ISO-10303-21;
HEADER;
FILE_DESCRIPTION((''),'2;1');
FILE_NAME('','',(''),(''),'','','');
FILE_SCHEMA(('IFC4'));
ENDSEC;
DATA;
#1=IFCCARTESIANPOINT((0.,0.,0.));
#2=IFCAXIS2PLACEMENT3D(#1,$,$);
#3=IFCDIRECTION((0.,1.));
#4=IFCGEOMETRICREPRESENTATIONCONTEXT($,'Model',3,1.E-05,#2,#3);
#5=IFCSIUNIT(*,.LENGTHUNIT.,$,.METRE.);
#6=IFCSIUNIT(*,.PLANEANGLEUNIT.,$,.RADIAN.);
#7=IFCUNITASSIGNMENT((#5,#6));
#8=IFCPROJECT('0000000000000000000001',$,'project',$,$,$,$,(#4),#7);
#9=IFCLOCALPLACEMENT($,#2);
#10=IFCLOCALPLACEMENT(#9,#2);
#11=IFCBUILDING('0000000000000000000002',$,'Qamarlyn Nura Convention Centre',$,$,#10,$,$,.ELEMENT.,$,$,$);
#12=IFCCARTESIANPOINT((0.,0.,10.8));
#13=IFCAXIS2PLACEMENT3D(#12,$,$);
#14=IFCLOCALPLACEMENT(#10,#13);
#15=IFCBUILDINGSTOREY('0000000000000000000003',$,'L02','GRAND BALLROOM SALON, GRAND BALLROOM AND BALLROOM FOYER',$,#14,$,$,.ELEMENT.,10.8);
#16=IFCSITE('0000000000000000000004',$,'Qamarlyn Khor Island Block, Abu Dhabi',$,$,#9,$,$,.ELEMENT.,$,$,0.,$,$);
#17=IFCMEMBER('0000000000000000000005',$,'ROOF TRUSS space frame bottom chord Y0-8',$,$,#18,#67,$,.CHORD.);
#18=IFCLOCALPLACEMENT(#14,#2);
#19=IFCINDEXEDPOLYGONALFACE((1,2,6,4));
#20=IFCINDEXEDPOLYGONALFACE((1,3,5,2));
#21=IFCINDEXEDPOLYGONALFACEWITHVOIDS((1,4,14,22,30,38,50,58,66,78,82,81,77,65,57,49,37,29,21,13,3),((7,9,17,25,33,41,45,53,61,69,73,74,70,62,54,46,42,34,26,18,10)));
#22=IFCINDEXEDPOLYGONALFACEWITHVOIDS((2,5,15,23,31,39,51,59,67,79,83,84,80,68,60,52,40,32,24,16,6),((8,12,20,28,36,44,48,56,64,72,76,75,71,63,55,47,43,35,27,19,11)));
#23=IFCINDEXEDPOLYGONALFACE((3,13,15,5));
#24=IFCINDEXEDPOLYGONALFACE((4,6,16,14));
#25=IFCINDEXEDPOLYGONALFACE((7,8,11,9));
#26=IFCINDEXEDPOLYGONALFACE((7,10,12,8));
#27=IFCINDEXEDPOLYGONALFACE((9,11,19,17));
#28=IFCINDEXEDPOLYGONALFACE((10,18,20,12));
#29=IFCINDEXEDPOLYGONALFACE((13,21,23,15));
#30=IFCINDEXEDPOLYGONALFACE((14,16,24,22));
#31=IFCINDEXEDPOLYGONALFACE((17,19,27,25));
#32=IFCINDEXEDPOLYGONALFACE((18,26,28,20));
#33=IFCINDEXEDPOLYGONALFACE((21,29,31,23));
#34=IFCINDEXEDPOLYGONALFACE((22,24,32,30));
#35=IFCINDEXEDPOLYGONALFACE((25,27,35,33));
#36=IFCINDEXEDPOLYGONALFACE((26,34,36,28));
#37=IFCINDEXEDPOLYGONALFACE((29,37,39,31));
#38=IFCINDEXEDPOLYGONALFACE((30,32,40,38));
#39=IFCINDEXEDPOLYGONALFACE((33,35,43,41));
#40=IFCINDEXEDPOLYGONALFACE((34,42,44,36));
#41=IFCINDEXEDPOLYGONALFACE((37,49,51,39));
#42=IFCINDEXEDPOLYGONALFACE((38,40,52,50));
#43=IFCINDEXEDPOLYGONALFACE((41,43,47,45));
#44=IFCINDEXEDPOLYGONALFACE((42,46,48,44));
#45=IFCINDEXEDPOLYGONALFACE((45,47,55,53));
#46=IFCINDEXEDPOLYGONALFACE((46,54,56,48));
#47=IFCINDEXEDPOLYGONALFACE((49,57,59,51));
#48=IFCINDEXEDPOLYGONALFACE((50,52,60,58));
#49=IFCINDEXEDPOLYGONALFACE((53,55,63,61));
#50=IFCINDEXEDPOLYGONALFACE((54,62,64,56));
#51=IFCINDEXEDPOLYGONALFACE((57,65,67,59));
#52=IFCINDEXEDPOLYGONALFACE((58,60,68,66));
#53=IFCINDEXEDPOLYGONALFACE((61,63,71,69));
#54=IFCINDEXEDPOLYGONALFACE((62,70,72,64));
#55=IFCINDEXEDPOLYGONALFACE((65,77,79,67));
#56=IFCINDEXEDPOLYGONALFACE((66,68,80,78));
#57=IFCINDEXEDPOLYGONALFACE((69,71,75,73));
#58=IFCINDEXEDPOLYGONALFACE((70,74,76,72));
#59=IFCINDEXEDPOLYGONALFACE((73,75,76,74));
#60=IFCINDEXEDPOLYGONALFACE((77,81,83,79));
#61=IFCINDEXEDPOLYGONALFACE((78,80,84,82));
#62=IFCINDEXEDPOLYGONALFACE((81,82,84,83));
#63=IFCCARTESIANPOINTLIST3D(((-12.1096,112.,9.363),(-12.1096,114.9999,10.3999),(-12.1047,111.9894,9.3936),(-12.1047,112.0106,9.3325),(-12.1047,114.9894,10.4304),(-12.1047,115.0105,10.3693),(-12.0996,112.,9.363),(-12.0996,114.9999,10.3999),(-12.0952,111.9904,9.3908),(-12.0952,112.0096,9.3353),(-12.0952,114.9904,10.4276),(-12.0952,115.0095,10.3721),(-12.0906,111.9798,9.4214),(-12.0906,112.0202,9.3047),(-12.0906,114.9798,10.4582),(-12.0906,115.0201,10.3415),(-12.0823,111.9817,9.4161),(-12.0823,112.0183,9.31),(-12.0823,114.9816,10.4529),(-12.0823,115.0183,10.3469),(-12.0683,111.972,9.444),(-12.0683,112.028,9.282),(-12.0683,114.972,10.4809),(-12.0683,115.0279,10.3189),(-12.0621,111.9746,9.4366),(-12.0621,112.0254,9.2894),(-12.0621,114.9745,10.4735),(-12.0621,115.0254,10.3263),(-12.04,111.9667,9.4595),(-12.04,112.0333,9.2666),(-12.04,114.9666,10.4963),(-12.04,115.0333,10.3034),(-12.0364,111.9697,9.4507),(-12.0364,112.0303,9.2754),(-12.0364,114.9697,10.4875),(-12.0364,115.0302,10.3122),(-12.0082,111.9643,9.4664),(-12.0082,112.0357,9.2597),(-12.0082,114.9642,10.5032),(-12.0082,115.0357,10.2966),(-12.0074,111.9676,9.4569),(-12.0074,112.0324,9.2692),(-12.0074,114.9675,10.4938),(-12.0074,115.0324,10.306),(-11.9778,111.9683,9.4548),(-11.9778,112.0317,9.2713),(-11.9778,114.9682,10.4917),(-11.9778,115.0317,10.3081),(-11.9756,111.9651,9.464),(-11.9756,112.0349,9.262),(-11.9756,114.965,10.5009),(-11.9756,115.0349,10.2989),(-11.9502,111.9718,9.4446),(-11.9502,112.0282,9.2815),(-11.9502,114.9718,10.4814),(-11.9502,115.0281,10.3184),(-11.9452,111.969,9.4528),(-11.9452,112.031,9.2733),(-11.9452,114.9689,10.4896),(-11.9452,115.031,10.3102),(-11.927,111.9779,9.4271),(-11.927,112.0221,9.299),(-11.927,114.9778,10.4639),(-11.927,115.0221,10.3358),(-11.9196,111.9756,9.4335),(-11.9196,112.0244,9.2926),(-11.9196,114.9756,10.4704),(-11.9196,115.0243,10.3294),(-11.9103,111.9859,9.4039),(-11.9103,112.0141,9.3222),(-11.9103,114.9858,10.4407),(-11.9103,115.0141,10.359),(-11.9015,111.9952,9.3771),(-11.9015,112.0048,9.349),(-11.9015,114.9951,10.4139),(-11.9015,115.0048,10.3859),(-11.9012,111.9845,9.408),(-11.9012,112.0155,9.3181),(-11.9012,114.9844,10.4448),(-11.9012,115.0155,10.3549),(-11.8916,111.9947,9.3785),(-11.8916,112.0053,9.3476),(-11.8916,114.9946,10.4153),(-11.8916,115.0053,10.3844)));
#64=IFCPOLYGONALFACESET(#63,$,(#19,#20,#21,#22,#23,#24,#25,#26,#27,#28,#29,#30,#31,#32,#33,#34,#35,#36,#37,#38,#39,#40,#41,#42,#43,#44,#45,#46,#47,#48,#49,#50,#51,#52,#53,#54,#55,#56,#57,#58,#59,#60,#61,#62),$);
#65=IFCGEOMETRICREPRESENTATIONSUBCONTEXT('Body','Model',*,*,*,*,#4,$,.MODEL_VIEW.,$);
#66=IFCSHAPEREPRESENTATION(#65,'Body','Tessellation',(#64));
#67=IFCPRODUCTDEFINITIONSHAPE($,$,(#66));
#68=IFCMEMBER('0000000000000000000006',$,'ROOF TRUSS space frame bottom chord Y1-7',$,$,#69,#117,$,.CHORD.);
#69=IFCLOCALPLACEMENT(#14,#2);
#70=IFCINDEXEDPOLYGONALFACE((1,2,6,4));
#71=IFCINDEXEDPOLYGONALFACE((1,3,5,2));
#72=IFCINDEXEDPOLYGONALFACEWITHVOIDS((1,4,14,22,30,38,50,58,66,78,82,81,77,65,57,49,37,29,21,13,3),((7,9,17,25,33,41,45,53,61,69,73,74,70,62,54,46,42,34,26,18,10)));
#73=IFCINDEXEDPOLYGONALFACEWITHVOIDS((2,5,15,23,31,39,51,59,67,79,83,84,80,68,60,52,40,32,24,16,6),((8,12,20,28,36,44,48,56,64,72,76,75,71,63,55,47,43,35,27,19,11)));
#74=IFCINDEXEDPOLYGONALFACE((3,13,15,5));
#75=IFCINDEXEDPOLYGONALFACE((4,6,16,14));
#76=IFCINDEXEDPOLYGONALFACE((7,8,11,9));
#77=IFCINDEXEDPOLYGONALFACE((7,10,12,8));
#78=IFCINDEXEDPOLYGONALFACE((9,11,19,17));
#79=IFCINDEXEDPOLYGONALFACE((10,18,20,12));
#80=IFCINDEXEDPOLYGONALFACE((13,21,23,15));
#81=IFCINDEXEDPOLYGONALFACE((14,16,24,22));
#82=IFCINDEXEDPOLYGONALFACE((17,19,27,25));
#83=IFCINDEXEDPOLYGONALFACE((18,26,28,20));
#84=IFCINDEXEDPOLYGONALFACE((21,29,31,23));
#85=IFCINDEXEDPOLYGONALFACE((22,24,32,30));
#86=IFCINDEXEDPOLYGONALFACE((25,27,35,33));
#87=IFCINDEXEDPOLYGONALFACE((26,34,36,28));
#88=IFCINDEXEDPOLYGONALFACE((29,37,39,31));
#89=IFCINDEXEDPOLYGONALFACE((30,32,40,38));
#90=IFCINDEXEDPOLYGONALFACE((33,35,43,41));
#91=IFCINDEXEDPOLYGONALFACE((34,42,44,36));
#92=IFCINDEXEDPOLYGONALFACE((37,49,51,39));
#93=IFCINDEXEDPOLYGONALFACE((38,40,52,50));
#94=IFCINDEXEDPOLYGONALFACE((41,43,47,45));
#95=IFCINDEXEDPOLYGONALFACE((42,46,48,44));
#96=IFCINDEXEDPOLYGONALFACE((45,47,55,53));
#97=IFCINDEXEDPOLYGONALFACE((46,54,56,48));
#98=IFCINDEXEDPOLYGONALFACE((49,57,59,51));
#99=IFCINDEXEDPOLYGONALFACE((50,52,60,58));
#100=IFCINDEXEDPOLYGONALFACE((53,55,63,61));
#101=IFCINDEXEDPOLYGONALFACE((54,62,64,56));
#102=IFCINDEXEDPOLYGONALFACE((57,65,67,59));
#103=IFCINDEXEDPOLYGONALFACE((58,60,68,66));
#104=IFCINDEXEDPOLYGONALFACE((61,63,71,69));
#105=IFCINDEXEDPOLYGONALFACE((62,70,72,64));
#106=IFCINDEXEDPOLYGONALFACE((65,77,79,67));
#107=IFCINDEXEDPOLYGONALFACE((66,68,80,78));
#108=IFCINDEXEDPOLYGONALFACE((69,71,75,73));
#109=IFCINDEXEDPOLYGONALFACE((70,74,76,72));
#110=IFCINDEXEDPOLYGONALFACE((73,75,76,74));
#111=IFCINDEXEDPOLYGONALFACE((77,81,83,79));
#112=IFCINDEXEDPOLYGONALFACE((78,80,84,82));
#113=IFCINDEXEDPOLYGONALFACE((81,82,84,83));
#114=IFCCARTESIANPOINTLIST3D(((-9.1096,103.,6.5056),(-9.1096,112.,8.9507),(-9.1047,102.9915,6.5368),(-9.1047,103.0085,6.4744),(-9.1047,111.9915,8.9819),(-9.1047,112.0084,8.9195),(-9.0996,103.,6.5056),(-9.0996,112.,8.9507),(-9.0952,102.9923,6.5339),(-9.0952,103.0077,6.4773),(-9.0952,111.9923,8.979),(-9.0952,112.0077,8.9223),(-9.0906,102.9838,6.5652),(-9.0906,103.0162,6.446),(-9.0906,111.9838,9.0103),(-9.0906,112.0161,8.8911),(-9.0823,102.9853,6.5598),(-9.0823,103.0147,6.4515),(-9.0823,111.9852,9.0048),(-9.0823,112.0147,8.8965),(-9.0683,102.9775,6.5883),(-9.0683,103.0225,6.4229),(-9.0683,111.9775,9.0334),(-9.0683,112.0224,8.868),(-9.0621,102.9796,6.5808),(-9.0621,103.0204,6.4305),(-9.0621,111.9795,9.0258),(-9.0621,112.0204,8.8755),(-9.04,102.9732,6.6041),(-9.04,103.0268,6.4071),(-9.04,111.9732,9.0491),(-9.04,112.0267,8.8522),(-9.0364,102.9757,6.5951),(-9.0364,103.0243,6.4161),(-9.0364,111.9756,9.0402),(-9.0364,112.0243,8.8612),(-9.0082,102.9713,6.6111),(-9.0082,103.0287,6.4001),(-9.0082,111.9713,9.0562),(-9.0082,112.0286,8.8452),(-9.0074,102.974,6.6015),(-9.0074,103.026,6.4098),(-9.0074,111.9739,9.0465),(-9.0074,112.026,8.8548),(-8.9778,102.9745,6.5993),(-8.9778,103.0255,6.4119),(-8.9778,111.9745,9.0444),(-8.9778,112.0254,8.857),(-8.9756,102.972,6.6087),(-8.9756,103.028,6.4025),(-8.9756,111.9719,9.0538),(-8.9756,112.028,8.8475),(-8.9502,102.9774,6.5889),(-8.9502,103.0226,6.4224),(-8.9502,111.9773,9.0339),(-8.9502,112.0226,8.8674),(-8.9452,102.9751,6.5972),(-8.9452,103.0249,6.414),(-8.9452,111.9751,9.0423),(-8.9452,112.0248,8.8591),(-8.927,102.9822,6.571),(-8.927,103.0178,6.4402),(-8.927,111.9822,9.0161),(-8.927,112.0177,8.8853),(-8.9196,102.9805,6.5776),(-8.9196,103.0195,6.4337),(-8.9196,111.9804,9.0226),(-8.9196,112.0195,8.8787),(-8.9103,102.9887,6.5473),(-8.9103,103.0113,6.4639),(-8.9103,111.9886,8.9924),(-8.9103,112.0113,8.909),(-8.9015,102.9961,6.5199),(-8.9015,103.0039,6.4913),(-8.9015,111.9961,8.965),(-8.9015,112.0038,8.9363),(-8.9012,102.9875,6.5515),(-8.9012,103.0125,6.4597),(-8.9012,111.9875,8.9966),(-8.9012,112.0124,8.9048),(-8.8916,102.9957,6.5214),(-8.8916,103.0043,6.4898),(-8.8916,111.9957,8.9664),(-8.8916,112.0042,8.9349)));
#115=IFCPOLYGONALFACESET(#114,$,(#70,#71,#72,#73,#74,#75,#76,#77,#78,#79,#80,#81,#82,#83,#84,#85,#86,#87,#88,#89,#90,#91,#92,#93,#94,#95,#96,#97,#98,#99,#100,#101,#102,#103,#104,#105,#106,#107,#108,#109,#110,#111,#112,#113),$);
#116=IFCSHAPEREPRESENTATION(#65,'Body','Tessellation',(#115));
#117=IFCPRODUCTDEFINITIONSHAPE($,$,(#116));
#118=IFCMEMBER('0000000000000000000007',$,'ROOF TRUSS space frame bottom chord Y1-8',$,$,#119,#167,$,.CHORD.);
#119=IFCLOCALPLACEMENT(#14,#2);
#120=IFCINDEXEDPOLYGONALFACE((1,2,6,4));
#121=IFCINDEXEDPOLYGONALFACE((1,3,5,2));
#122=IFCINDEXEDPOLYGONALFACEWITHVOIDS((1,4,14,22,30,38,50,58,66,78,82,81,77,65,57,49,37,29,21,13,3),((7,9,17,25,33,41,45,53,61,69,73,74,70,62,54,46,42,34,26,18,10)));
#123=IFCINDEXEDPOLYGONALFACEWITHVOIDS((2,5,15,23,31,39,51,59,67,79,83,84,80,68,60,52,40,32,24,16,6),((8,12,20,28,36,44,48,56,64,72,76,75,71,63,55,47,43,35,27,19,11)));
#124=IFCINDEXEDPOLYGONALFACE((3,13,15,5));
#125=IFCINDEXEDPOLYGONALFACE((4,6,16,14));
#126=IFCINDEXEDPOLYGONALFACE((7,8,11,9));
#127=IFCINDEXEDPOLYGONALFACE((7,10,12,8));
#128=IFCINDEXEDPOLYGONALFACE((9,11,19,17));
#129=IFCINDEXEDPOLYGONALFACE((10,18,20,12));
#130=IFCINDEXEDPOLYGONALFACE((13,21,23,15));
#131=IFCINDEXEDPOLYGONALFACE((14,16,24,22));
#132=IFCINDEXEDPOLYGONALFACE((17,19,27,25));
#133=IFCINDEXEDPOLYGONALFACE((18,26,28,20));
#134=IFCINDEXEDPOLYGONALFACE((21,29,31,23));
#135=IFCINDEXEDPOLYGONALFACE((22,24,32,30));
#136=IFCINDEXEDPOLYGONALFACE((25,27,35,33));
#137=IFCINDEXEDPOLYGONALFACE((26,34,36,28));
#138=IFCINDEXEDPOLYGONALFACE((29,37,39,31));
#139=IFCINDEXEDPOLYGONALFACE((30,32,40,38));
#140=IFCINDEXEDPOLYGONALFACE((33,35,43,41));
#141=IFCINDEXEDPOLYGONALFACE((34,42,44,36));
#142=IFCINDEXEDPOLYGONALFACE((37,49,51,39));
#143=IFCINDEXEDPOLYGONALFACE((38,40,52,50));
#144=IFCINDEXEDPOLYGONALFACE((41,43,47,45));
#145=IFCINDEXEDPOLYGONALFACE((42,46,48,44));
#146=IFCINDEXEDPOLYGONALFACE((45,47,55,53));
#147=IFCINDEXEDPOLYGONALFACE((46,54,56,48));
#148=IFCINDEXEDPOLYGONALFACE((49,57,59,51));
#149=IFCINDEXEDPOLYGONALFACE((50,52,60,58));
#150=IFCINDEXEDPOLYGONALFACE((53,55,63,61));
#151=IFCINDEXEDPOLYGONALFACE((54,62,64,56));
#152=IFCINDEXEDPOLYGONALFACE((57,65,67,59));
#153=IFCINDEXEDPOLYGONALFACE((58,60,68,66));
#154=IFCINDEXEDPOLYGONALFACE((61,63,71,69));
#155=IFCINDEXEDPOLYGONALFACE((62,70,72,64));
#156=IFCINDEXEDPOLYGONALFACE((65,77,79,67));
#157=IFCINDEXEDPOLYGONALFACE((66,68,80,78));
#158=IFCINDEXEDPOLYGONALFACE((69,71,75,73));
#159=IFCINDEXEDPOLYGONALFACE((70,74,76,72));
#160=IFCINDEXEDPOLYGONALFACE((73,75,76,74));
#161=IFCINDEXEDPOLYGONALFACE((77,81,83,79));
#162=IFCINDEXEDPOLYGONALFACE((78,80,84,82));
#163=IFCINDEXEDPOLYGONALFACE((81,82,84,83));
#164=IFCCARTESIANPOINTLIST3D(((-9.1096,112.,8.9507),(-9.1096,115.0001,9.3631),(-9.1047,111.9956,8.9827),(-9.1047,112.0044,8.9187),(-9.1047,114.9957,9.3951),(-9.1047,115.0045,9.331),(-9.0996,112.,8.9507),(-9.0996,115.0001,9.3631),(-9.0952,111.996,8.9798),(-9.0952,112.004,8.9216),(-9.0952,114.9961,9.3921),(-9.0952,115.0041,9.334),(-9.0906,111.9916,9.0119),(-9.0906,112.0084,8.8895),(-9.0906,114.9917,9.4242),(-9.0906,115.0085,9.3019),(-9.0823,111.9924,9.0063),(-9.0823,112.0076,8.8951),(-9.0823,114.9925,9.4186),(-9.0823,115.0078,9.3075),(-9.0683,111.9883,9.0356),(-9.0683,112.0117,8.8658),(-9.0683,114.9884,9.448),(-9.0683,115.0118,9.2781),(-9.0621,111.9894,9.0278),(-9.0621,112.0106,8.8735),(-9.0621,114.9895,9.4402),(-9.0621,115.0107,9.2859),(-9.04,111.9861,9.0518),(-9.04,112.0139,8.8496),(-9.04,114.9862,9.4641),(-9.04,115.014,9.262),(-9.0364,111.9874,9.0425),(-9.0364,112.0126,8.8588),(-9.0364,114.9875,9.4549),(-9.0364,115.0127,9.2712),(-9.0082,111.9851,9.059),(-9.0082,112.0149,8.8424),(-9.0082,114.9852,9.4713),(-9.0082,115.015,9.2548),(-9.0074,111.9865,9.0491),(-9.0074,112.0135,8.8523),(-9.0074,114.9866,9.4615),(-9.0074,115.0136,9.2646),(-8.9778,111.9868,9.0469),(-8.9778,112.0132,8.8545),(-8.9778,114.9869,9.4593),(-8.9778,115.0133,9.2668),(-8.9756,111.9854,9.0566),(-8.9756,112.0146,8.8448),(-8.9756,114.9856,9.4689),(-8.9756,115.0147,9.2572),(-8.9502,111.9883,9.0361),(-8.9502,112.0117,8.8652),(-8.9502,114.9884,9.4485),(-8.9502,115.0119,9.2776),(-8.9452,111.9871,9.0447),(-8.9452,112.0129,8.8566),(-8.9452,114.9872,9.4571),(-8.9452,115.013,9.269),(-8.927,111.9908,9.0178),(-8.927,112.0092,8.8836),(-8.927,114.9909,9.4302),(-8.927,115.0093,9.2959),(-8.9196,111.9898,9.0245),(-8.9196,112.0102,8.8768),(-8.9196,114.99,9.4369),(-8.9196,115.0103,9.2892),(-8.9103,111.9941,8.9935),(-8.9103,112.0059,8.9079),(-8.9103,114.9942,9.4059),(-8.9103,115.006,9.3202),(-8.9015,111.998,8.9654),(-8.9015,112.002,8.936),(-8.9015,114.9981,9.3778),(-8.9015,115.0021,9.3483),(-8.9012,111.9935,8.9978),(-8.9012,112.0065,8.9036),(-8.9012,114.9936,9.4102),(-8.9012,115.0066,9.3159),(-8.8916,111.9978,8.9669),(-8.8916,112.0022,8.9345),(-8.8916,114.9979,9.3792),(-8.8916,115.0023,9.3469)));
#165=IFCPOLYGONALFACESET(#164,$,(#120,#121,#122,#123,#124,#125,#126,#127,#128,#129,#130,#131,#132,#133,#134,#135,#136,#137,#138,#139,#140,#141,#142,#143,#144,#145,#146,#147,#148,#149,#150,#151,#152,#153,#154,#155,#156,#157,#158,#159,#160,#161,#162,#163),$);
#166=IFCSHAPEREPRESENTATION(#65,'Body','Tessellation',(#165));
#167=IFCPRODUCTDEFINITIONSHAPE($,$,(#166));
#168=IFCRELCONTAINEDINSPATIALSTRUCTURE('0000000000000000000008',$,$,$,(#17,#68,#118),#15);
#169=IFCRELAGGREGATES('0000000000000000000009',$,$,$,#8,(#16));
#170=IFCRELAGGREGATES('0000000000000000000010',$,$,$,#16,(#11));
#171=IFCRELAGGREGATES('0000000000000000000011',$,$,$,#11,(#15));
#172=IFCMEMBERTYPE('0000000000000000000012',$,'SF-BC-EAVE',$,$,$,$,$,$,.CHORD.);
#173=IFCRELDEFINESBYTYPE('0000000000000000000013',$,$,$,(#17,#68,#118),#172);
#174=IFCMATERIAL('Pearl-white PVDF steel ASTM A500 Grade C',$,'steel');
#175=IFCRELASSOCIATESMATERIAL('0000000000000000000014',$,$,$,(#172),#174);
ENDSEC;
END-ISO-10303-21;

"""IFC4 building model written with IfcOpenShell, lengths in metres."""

from ifc_helpers import new_model, si_unit, direction, frame, origin, origin_2d, place, context, subcontext, project, spatial, hollow_circle, extrude, material, material_profile, profile_set, type_object, element, save


model = new_model("IFC4")

# Units and contexts
model_context = context("Model", 3, precision=1e-05, world=origin(), true_north=direction((0.0, 1.0)))
body_context = subcontext(model_context, "Body", "Model", "MODEL_VIEW")
ifc_project = project(units=[si_unit("LENGTHUNIT", "METRE"), si_unit("PLANEANGLEUNIT", "RADIAN")], contexts=[model_context])

# Site, building, storey
site_placement = place(None, origin())
site = spatial("IfcSite", under=ifc_project, at=site_placement, Name="Qamarlyn Khor Island Block, Abu Dhabi", CompositionType="ELEMENT", RefElevation=0.0)
building_placement = place(site_placement, origin())
building = spatial("IfcBuilding", under=site, at=building_placement, Name="Qamarlyn Nura Convention Centre", CompositionType="ELEMENT")
storey_placement = place(building_placement, frame((0.0, 0.0, 10.8)))
storey = spatial("IfcBuildingStorey", under=building, at=storey_placement, Name="L02", Description="GRAND BALLROOM SALON, GRAND BALLROOM AND BALLROOM FOYER", CompositionType="ELEMENT", Elevation=10.8)

# Members
ifc_material_1 = material(Name="Pearl-white PVDF steel ASTM A500 Grade C", Category="steel")
ifc_material_profile_1 = material_profile(ifc_material_1, hollow_circle(Radius=0.1096, WallThickness=0.01, at=origin_2d()), Name="CHS219.1X10")
ifc_profile_set_1 = profile_set([ifc_material_profile_1], Name="Pearl-white PVDF steel ASTM A500 Grade C")
member_type_1 = type_object("IfcMemberType", Name="SF-BC-EAVE", PredefinedType="CHORD", material=ifc_profile_set_1)
for number, where, z_axis, x_axis, name in (
    (1, (-12.0, 112.0, 9.363), (0.0, 0.945141, 0.326661), (-1.0, 0.0, 0.0), "ROOF TRUSS space frame bottom chord Y0-8"),
):
    element("IfcMember", number, at=place(storey_placement, frame(where, z_axis=z_axis, x_axis=x_axis)), inside=storey, type_object=member_type_1, Name=name, PredefinedType="CHORD", context=body_context, shape_type="SweptSolid", body=[
        extrude(hollow_circle(Radius=0.1096, WallThickness=0.01, at=origin_2d()), origin(), (0.0, 0.0, 1.0), 3.1741),
    ])
member_1_placement = place(storey_placement, frame((-9.0, 103.0, 6.5056), z_axis=(0.0, 0.965021, 0.262171), x_axis=(-1.0, 0.0, 0.0)))
element("IfcMember", 2, at=member_1_placement, inside=storey, type_object=member_type_1, Name="ROOF TRUSS space frame bottom chord Y1-7", PredefinedType="CHORD", context=body_context, shape_type="SweptSolid", body=[
    extrude(hollow_circle(Radius=0.1096, WallThickness=0.01, at=origin_2d()), origin(), (0.0, 0.0, 1.0), 9.3262),
])
member_2_placement = place(storey_placement, frame((-9.0, 112.0, 8.9507), z_axis=(0.0, 0.990685, 0.136171), x_axis=(-1.0, 0.0, 0.0)))
element("IfcMember", 3, at=member_2_placement, inside=storey, type_object=member_type_1, Name="ROOF TRUSS space frame bottom chord Y1-8", PredefinedType="CHORD", context=body_context, shape_type="SweptSolid", body=[
    extrude(hollow_circle(Radius=0.1096, WallThickness=0.01, at=origin_2d()), origin(), (0.0, 0.0, 1.0), 3.0283),
])

save(model, "model.ifc")
